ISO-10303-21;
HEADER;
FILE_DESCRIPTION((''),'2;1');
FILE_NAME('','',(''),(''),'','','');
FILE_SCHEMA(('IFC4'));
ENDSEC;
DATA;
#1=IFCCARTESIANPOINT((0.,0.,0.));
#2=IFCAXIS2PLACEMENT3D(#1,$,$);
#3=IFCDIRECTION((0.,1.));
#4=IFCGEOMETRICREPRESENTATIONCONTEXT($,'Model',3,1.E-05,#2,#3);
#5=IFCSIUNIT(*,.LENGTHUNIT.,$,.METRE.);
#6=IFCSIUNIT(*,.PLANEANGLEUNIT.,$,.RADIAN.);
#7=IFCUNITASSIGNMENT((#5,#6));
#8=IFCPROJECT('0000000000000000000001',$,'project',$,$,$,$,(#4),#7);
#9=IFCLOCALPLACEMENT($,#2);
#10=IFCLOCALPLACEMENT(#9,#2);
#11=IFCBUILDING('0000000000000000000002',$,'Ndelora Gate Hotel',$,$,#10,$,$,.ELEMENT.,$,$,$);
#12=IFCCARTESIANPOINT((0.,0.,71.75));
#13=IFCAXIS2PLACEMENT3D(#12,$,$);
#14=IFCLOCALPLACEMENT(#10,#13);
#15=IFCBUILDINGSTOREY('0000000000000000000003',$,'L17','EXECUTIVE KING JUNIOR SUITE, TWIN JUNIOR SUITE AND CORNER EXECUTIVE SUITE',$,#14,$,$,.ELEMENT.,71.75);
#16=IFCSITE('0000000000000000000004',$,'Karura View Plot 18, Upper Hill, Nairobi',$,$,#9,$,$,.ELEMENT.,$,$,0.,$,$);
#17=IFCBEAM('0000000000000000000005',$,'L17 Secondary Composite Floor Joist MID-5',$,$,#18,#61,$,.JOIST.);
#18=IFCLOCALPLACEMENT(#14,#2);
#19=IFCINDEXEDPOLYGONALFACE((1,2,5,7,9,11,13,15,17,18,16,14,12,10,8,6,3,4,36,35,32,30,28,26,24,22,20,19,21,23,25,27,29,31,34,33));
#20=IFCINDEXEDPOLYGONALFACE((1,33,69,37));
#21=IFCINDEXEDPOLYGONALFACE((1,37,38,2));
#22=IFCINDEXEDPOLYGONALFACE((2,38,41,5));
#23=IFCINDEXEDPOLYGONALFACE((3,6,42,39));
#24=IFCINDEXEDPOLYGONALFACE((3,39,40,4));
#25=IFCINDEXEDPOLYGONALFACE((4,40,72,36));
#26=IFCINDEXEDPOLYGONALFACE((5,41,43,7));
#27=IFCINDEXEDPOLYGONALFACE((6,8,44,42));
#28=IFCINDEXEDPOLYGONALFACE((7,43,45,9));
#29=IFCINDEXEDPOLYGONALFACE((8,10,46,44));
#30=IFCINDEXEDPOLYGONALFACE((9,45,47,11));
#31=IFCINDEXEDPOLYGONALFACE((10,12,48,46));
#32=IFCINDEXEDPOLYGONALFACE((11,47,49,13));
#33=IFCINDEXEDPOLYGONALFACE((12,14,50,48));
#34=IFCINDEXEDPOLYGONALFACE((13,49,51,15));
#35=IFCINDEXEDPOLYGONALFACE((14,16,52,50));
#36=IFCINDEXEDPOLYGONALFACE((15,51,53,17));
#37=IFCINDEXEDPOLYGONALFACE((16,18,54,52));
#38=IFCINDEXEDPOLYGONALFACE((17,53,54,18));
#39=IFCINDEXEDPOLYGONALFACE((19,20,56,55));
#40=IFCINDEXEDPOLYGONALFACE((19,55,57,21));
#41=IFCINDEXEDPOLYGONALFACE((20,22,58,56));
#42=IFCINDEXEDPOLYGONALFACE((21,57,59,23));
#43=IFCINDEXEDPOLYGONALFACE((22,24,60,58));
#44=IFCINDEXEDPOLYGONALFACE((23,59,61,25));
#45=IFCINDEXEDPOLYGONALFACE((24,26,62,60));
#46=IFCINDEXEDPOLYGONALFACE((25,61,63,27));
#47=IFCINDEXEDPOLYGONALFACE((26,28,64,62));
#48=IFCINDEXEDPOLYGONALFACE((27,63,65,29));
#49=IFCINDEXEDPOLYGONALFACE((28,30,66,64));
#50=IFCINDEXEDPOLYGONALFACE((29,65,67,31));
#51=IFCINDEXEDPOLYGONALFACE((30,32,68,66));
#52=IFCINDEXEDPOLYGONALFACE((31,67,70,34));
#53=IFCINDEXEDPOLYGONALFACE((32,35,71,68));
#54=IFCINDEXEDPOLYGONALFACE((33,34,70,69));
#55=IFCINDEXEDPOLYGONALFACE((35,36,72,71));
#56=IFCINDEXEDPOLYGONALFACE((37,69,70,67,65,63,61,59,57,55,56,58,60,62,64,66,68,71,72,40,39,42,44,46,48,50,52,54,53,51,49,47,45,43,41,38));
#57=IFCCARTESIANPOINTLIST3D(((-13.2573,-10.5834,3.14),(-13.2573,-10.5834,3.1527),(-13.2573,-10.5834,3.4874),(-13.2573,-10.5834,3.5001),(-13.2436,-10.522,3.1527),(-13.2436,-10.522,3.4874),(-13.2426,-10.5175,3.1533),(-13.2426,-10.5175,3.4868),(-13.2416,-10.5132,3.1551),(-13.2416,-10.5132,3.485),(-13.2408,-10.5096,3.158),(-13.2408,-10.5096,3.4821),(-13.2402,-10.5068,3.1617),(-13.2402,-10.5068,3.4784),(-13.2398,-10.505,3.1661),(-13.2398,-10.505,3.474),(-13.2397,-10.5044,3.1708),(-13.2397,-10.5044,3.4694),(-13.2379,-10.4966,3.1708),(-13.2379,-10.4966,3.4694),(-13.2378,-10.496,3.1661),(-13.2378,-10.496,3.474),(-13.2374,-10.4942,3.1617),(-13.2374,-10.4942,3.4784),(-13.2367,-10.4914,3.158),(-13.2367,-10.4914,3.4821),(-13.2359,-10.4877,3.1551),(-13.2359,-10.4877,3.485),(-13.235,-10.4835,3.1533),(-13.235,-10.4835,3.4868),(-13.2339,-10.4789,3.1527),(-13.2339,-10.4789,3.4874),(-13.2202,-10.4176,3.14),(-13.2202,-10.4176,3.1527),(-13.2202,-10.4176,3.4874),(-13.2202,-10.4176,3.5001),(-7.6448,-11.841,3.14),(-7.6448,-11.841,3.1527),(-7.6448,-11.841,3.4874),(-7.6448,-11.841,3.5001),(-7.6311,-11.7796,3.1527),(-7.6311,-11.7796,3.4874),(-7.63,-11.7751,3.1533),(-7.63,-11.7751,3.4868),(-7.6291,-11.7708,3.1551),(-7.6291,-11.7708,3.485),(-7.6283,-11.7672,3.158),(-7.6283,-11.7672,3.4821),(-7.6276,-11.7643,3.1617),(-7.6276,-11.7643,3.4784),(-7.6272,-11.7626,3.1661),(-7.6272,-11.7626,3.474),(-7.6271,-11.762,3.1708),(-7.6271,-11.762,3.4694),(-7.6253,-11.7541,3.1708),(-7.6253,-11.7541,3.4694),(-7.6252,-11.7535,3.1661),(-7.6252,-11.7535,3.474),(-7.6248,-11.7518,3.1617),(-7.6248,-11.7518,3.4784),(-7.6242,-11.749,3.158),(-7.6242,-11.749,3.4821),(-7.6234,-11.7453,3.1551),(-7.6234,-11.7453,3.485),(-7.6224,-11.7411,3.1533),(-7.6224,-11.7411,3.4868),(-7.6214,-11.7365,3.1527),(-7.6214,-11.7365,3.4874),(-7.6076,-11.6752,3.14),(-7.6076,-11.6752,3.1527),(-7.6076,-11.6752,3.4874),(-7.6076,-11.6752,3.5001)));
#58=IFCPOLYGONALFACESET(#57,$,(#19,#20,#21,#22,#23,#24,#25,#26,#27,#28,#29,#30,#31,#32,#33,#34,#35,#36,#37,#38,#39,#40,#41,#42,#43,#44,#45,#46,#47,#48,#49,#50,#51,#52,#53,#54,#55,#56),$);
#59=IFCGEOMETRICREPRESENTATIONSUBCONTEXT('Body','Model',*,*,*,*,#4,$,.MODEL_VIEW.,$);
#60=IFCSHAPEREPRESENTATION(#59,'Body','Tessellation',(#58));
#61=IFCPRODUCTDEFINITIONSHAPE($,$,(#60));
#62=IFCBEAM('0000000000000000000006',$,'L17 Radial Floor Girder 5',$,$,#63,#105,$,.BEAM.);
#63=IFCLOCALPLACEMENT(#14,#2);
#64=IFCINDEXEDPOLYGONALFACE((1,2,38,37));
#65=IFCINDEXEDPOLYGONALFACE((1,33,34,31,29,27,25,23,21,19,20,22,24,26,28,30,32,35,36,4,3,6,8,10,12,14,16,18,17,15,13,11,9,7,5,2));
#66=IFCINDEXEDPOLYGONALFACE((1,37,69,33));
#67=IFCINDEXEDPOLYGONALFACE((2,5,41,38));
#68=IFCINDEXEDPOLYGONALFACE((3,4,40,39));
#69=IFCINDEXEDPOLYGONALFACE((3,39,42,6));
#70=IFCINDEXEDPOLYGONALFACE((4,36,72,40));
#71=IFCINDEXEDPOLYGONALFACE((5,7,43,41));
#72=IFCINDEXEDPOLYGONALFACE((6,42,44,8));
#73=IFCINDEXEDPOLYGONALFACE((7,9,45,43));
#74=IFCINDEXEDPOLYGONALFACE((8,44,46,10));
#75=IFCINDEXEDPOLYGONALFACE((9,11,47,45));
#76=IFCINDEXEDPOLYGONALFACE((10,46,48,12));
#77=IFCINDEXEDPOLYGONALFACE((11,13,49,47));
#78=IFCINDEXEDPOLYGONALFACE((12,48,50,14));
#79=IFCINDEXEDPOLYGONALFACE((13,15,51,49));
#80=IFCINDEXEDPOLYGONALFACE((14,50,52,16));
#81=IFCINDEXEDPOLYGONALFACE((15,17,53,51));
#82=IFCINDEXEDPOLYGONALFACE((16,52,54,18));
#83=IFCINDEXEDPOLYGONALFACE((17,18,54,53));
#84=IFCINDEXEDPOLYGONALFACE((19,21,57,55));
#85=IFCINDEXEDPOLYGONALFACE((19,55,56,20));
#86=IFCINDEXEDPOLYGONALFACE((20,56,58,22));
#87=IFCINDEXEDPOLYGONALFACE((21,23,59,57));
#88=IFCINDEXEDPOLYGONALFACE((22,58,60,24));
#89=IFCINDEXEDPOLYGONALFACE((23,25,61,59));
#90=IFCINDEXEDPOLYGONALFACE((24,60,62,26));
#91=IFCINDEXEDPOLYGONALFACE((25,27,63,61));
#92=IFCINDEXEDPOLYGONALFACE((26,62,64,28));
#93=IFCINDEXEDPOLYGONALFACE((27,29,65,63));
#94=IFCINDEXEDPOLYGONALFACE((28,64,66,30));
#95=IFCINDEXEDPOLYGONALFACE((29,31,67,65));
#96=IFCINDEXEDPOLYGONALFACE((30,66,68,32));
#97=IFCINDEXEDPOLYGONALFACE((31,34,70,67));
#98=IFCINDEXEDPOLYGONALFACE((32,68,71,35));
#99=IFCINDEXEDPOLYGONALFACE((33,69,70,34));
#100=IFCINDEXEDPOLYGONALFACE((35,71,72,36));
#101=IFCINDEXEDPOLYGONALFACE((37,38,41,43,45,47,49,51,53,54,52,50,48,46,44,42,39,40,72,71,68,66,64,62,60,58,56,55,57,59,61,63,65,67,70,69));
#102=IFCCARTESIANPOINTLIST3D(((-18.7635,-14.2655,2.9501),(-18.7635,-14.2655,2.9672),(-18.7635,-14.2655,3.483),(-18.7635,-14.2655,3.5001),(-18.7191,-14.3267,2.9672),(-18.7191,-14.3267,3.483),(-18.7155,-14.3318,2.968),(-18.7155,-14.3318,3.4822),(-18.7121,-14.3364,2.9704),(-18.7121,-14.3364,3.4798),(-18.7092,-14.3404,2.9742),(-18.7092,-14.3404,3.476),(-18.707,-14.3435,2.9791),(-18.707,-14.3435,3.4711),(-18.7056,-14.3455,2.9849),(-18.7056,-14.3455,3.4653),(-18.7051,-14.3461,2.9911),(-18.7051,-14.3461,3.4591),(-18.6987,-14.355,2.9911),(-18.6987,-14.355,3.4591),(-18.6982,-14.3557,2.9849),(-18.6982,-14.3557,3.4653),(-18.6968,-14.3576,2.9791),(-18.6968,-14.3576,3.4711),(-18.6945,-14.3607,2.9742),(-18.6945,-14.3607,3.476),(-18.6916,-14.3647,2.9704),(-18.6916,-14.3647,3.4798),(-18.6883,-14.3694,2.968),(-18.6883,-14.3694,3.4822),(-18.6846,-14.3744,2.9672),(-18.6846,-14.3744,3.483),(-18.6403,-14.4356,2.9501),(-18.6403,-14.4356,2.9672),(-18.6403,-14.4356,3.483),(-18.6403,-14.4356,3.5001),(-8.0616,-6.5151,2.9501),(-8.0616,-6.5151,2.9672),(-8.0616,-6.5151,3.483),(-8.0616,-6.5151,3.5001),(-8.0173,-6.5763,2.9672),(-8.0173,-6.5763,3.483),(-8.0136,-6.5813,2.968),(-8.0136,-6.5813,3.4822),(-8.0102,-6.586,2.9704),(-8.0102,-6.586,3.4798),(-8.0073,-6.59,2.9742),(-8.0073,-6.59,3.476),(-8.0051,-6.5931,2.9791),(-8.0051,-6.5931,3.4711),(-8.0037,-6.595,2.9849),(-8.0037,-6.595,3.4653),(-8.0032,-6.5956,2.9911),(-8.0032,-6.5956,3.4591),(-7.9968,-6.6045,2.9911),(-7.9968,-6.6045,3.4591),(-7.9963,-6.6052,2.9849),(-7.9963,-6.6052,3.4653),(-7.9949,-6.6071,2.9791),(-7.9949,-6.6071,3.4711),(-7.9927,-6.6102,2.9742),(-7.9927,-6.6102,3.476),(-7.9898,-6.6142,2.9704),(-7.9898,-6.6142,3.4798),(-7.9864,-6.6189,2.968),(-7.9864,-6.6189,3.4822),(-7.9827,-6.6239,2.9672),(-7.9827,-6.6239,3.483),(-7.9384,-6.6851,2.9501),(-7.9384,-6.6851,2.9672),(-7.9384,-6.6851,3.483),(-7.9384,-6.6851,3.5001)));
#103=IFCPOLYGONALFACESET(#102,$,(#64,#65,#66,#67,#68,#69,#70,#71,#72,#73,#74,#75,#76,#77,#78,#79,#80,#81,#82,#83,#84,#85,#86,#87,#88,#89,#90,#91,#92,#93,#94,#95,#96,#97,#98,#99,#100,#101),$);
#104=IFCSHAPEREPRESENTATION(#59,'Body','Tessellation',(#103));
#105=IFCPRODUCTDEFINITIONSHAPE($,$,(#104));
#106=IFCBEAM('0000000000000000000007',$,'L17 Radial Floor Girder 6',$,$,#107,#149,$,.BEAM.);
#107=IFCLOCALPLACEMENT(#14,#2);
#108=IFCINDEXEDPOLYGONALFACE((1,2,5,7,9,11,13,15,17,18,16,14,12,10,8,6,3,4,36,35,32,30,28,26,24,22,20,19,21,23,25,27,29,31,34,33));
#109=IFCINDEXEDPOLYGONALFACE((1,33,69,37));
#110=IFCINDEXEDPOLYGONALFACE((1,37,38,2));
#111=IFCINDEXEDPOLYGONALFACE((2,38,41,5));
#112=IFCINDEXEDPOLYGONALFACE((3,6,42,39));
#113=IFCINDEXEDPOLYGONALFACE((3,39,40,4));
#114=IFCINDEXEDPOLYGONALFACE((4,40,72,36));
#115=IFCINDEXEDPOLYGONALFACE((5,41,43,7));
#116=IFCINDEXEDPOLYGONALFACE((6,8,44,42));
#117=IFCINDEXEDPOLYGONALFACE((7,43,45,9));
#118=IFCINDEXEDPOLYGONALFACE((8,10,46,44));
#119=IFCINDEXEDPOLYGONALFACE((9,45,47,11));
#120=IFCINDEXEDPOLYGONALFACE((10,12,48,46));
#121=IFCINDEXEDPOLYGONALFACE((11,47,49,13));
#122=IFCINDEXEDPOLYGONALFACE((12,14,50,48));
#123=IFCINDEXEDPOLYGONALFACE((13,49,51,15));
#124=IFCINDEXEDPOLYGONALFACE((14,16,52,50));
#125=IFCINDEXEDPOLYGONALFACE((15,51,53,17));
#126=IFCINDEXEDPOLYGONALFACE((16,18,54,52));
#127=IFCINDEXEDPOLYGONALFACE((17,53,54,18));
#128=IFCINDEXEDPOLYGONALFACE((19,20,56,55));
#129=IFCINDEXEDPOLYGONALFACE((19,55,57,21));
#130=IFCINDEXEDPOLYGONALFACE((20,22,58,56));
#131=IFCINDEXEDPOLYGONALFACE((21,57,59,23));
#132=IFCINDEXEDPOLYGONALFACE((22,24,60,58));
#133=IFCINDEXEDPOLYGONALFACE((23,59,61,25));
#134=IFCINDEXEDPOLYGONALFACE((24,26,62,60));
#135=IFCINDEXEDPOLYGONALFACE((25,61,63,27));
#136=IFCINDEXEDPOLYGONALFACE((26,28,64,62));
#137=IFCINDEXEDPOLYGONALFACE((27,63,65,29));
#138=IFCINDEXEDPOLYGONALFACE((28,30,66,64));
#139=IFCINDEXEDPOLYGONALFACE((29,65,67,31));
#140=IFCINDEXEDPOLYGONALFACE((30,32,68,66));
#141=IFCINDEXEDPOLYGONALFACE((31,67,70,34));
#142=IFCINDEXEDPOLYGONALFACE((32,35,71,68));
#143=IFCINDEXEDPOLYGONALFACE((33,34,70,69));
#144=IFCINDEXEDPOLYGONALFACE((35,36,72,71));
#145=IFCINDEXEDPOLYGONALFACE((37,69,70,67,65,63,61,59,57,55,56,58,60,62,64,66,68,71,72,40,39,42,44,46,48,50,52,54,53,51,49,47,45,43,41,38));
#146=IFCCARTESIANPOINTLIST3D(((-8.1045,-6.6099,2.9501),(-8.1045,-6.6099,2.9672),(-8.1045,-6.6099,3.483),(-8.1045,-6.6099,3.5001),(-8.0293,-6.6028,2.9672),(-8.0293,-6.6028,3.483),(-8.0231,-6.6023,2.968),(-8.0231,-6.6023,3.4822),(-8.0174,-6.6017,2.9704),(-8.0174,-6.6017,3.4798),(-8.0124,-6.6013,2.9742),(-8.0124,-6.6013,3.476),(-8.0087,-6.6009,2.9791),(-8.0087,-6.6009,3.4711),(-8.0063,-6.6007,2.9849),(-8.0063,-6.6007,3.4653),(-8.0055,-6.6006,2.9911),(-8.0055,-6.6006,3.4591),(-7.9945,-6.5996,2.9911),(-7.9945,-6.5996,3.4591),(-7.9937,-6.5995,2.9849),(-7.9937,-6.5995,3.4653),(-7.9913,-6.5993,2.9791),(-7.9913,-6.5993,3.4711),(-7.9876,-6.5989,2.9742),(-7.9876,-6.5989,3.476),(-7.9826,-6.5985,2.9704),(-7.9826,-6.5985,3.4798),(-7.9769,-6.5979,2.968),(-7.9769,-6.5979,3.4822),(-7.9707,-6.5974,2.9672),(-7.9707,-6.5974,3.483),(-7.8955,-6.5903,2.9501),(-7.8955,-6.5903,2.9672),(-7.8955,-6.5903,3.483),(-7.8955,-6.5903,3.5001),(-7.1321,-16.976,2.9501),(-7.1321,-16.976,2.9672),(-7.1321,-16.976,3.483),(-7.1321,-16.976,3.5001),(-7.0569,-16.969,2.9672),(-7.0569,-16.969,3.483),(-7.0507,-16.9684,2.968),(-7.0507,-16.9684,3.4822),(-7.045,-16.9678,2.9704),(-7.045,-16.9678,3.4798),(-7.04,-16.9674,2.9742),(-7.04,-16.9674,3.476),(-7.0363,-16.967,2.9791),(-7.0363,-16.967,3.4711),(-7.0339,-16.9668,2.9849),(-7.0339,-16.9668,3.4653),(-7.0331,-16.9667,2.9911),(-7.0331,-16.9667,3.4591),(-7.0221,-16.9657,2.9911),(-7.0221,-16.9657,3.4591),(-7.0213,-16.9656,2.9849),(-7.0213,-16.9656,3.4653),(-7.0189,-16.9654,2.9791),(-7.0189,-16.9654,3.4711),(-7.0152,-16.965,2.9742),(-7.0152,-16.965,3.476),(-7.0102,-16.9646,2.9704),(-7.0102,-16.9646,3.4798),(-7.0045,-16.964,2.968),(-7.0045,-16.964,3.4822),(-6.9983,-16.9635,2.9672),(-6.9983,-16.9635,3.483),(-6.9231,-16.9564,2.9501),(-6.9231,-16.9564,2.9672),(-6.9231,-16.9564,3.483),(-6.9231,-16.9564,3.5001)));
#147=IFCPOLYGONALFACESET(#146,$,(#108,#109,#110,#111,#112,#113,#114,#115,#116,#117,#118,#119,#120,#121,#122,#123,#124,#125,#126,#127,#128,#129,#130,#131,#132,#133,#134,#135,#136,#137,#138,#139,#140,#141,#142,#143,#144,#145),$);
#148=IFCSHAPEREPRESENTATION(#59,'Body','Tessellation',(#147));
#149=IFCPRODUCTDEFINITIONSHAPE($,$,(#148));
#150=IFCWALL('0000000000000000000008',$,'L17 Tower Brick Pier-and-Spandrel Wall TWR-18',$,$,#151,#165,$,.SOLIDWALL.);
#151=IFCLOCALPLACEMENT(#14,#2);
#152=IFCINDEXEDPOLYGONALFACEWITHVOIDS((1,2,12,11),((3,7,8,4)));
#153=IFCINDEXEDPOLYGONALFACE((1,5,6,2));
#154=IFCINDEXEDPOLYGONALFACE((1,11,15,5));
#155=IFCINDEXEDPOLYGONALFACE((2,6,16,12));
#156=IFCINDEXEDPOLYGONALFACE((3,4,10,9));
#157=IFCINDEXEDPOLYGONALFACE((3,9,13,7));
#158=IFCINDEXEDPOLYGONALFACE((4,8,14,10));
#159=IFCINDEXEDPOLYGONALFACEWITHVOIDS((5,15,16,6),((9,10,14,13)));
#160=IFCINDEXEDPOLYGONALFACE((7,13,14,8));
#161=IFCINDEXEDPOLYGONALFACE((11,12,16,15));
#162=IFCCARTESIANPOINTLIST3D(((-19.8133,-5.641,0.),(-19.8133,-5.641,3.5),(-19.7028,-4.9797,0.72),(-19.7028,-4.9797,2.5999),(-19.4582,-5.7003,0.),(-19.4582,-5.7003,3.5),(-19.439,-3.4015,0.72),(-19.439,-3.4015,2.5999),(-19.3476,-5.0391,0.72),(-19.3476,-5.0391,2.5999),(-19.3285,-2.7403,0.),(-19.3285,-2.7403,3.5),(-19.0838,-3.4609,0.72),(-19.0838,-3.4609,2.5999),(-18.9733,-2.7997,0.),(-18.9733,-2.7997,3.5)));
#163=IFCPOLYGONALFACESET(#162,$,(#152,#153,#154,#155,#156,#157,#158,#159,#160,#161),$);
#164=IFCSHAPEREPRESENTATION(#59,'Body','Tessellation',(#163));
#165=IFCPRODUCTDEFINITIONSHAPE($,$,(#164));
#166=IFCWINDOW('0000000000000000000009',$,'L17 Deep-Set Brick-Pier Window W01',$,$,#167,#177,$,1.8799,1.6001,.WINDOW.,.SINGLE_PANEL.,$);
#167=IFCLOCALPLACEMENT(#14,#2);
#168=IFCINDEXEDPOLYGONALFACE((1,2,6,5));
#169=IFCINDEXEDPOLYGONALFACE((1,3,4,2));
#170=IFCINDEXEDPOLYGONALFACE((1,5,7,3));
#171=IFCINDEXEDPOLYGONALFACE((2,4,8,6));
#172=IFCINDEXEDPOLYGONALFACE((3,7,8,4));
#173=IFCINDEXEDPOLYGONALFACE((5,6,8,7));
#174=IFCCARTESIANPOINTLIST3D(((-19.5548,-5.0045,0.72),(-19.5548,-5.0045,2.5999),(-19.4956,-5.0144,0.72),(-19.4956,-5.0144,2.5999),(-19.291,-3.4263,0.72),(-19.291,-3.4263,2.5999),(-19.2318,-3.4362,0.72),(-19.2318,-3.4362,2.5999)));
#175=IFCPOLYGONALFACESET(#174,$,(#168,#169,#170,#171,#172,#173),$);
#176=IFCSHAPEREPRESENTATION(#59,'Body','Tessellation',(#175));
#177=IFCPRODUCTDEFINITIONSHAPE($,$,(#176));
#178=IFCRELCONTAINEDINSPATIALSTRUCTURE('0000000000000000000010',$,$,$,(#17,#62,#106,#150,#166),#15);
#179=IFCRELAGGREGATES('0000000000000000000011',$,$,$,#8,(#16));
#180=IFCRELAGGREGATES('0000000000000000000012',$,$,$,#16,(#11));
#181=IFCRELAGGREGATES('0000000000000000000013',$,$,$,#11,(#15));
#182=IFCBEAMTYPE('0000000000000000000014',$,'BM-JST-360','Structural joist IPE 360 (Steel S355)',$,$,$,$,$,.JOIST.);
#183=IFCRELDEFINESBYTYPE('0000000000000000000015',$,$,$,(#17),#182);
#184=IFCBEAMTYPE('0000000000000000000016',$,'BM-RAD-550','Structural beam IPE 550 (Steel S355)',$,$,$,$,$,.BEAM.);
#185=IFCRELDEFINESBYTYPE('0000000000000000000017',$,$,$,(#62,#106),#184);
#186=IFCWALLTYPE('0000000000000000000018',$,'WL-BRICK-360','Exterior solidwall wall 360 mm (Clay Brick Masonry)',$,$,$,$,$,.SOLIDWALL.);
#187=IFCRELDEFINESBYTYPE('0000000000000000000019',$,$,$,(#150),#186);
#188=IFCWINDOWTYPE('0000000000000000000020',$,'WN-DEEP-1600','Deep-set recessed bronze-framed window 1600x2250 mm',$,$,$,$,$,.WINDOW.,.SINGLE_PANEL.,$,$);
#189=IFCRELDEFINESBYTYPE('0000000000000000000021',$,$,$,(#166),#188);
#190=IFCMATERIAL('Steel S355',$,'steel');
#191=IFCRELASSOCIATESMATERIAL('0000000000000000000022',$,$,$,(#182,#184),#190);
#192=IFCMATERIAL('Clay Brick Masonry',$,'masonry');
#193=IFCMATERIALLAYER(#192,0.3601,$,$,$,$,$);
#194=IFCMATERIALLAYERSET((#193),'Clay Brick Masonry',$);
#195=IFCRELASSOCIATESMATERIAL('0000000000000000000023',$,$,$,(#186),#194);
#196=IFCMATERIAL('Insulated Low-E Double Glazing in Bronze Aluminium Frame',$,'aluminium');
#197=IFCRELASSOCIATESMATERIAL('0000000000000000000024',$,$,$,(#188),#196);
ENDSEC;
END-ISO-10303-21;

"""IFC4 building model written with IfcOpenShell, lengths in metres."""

from ifc_helpers import new_model, si_unit, direction, frame, frame_2d, origin, origin_2d, place, context, subcontext, project, spatial, rectangle, i_section, extrude, material, layer, layer_set, material_profile, profile_set, type_object, element, fill, save


model = new_model("IFC4")

# Units and contexts
model_context = context("Model", 3, precision=1e-05, world=origin(), true_north=direction((0.0, 1.0)))
body_context = subcontext(model_context, "Body", "Model", "MODEL_VIEW")
ifc_project = project(units=[si_unit("LENGTHUNIT", "METRE"), si_unit("PLANEANGLEUNIT", "RADIAN")], contexts=[model_context])

# Site, building, storey
site_placement = place(None, origin())
site = spatial("IfcSite", under=ifc_project, at=site_placement, Name="Karura View Plot 18, Upper Hill, Nairobi", CompositionType="ELEMENT", RefElevation=0.0)
building_placement = place(site_placement, origin())
building = spatial("IfcBuilding", under=site, at=building_placement, Name="Ndelora Gate Hotel", CompositionType="ELEMENT")
storey_placement = place(building_placement, frame((0.0, 0.0, 71.75)))
storey = spatial("IfcBuildingStorey", under=building, at=storey_placement, Name="L17", Description="EXECUTIVE KING JUNIOR SUITE, TWIN JUNIOR SUITE AND CORNER EXECUTIVE SUITE", CompositionType="ELEMENT", Elevation=71.75)

# Beams
ifc_material_1 = material(Name="Steel S355", Category="steel")
ifc_material_profile_1 = material_profile(ifc_material_1, i_section(OverallWidth=0.1699, OverallDepth=0.3601, WebThickness=0.0081, FlangeThickness=0.0127, FilletRadius=0.0181, at=origin_2d()), Name="IPE 360")
ifc_profile_set_1 = profile_set([ifc_material_profile_1], Name="Steel S355")
beam_type_1 = type_object("IfcBeamType", Name="BM-JST-360", Description="Structural joist IPE 360 (Steel S355)", PredefinedType="JOIST", material=ifc_profile_set_1)
beam_1_placement = place(storey_placement, frame((-13.2388, -10.5005, 3.3201), z_axis=(0.975805, -0.218642, 0.0), x_axis=(0.218642, 0.975805, 0.0)))
element("IfcBeam", 1, at=beam_1_placement, inside=storey, type_object=beam_type_1, Name="L17 Secondary Composite Floor Joist MID-5", PredefinedType="JOIST", context=body_context, shape_type="SweptSolid", body=[
    extrude(i_section(OverallWidth=0.1699, OverallDepth=0.3601, WebThickness=0.0081, FlangeThickness=0.0127, FilletRadius=0.0181, at=origin_2d()), origin(), (0.0, 0.0, 1.0), 5.7517),
])
ifc_material_profile_2 = material_profile(ifc_material_1, i_section(OverallWidth=0.21, OverallDepth=0.55, WebThickness=0.011, FlangeThickness=0.0171, FilletRadius=0.0239, at=origin_2d()), Name="IPE 550")
ifc_profile_set_2 = profile_set([ifc_material_profile_2], Name="Steel S355")
beam_type_2 = type_object("IfcBeamType", Name="BM-RAD-550", Description="Structural beam IPE 550 (Steel S355)", PredefinedType="BEAM", material=ifc_profile_set_2)
beam_2_placement = place(storey_placement, frame((-8.0, -6.6001, 3.2251), z_axis=(-0.809912, -0.586551, 0.0), x_axis=(0.586551, -0.809912, 0.0)))
element("IfcBeam", 2, at=beam_2_placement, inside=storey, type_object=beam_type_2, Name="L17 Radial Floor Girder 5", PredefinedType="BEAM", context=body_context, shape_type="SweptSolid", body=[
    extrude(i_section(OverallWidth=0.21, OverallDepth=0.55, WebThickness=0.011, FlangeThickness=0.0171, FilletRadius=0.0239, at=origin_2d()), origin(), (0.0, 0.0, 1.0), 13.2136),
])
beam_3_placement = place(storey_placement, frame((-8.0, -6.6001, 3.2251), z_axis=(0.093396, -0.995629, 0.0), x_axis=(0.995629, 0.093396, 0.0)))
element("IfcBeam", 3, at=beam_3_placement, inside=storey, type_object=beam_type_2, Name="L17 Radial Floor Girder 6", PredefinedType="BEAM", context=body_context, shape_type="SweptSolid", body=[
    extrude(i_section(OverallWidth=0.21, OverallDepth=0.55, WebThickness=0.011, FlangeThickness=0.0171, FilletRadius=0.0239, at=origin_2d()), origin(), (0.0, 0.0, 1.0), 10.4116),
])

# Wall, opening, window
ifc_material_2 = material(Name="Clay Brick Masonry", Category="masonry")
ifc_layer_1 = layer(ifc_material_2, 0.3601)
ifc_layer_set_1 = layer_set([ifc_layer_1], Name="Clay Brick Masonry")
wall_type_1 = type_object("IfcWallType", Name="WL-BRICK-360", Description="Exterior solidwall wall 360 mm (Clay Brick Masonry)", PredefinedType="SOLIDWALL", material=ifc_layer_set_1)
wall_1_placement = place(storey_placement, frame((-19.6357, -5.6707, 0.0), z_axis=(0.0, 0.0, 1.0), x_axis=(0.16487, 0.986315, 0.0)))
wall_1 = element("IfcWall", 4, at=wall_1_placement, inside=storey, type_object=wall_type_1, Name="L17 Tower Brick Pier-and-Spandrel Wall TWR-18", PredefinedType="SOLIDWALL", context=body_context, shape_type="SweptSolid", body=[
    extrude(rectangle(XDim=2.9409, YDim=0.3601, at=frame_2d((1.4705, 0.0))), origin(), (0.0, 0.0, 1.0), 3.5),
])
opening_1_placement = place(wall_1_placement, frame((0.6704, 0.0, 0.72)))
opening_1 = element("IfcOpeningElement", 5, at=opening_1_placement, cuts=wall_1, PredefinedType="OPENING", context=body_context, shape_type="SweptSolid", body=[
    extrude(rectangle(XDim=1.6001, YDim=1.8799, at=frame_2d((0.8, 0.9399))), frame((0.0, 0.1899, 0.0), z_axis=(0.0, -1.0, 0.0), x_axis=(1.0, 0.0, 0.0)), (0.0, 0.0, 1.0), 0.3801),
])
ifc_material_3 = material(Name="Insulated Low-E Double Glazing in Bronze Aluminium Frame", Category="aluminium")
window_type = type_object("IfcWindowType", Name="WN-DEEP-1600", Description="Deep-set recessed bronze-framed window 1600x2250 mm", PartitioningType="SINGLE_PANEL", PredefinedType="WINDOW", material=ifc_material_3)
window_1_placement = place(opening_1_placement, origin())
window_1 = element("IfcWindow", 6, at=window_1_placement, inside=storey, type_object=window_type, Name="L17 Deep-Set Brick-Pier Window W01", OverallHeight=1.8799, OverallWidth=1.6001, PartitioningType="SINGLE_PANEL", PredefinedType="WINDOW", context=body_context, shape_type="SweptSolid", body=[
    extrude(rectangle(XDim=1.6001, YDim=1.8799, at=frame_2d((0.8, 0.9399))), frame((0.0, 0.03, 0.0), z_axis=(0.0, -1.0, 0.0), x_axis=(1.0, 0.0, 0.0)), (0.0, 0.0, 1.0), 0.0601),
])
fill(opening_1, window_1)

save(model, "model.ifc")
